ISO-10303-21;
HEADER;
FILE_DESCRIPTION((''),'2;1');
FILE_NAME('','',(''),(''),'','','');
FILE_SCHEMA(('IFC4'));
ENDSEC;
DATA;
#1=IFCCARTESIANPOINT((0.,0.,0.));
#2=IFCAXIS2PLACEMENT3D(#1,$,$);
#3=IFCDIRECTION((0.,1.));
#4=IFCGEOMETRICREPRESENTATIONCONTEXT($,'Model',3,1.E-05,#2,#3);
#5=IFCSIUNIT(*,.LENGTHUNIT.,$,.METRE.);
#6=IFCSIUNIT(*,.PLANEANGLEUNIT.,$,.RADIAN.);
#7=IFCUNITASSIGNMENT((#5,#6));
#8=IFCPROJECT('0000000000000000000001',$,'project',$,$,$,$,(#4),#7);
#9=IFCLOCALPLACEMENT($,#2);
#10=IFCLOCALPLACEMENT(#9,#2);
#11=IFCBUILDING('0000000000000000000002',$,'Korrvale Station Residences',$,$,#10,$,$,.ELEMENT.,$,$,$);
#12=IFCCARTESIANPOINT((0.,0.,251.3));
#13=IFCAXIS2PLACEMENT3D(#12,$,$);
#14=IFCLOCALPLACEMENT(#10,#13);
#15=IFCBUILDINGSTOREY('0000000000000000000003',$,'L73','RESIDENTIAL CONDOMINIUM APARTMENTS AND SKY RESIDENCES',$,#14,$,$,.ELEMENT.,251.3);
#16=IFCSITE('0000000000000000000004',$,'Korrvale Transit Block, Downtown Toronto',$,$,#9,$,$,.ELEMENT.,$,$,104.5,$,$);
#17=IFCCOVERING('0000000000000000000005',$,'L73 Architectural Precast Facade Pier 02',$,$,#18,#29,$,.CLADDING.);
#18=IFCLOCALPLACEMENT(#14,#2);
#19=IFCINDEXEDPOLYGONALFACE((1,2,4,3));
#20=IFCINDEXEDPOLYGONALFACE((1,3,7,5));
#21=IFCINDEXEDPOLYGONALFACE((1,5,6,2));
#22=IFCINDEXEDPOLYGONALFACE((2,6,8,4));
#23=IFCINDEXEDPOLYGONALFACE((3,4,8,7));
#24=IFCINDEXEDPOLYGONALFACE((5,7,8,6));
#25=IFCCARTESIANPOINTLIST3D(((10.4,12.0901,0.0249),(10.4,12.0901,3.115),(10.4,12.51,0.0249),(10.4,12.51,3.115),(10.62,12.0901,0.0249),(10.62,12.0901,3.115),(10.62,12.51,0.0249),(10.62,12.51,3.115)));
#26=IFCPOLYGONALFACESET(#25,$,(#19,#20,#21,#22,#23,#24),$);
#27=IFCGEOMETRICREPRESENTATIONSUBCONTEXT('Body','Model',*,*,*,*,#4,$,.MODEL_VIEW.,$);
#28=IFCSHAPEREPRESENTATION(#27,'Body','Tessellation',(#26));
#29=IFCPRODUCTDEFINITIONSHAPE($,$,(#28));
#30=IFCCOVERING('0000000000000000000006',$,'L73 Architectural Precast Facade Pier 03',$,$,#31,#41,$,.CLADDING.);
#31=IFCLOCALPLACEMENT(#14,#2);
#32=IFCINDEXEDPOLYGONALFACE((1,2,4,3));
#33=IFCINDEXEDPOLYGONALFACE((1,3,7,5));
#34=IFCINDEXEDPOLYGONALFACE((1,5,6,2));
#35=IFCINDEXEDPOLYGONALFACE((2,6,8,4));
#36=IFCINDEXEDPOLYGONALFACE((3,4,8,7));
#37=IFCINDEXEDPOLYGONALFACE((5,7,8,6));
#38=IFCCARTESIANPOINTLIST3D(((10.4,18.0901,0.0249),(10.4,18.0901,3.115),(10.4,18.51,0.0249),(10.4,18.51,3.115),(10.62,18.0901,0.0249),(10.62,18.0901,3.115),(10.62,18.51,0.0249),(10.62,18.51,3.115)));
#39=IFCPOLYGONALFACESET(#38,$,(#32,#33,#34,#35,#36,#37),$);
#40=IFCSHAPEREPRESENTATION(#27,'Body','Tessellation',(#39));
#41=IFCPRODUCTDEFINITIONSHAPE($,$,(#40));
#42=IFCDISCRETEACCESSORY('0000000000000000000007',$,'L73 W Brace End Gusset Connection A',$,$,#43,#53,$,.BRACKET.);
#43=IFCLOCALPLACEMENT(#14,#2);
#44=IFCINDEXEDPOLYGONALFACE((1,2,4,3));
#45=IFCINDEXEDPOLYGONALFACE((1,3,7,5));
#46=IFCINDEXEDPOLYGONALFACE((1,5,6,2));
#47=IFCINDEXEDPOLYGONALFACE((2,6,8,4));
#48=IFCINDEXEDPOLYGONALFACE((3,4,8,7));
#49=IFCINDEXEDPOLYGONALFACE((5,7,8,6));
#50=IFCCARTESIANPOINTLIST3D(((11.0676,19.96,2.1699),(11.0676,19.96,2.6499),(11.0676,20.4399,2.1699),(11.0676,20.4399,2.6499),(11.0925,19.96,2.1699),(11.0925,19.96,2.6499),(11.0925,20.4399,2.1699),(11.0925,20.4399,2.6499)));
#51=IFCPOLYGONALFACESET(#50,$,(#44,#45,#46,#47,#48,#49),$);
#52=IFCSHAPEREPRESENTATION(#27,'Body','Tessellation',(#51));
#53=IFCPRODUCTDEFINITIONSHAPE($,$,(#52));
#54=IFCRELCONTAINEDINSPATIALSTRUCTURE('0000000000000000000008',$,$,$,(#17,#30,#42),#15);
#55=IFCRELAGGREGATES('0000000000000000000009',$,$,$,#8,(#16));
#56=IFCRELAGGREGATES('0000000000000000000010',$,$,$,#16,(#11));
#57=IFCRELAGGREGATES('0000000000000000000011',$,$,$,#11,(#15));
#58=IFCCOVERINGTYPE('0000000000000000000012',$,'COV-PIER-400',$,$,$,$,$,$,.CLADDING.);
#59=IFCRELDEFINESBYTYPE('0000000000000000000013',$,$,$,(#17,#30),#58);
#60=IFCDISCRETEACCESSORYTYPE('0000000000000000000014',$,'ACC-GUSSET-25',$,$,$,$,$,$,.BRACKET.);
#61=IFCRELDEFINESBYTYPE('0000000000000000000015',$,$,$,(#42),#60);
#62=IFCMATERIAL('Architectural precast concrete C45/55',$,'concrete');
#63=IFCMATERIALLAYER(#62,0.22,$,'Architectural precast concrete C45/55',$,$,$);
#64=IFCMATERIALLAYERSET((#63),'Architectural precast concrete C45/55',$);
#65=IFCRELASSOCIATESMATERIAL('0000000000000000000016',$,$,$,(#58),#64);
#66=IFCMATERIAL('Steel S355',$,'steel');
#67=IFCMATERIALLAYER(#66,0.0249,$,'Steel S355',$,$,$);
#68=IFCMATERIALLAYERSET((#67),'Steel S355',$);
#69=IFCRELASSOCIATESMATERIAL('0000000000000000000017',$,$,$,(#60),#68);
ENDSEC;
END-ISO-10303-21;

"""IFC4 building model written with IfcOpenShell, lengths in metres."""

from ifc_helpers import new_model, si_unit, direction, frame, origin, origin_2d, place, context, subcontext, project, spatial, rectangle, extrude, material, layer, layer_set, type_object, element, save


model = new_model("IFC4")

# Units and contexts
model_context = context("Model", 3, precision=1e-05, world=origin(), true_north=direction((0.0, 1.0)))
body_context = subcontext(model_context, "Body", "Model", "MODEL_VIEW")
ifc_project = project(units=[si_unit("LENGTHUNIT", "METRE"), si_unit("PLANEANGLEUNIT", "RADIAN")], contexts=[model_context])

# Site, building, storey
site_placement = place(None, origin())
site = spatial("IfcSite", under=ifc_project, at=site_placement, Name="Korrvale Transit Block, Downtown Toronto", CompositionType="ELEMENT", RefElevation=104.5)
building_placement = place(site_placement, origin())
building = spatial("IfcBuilding", under=site, at=building_placement, Name="Korrvale Station Residences", CompositionType="ELEMENT")
storey_placement = place(building_placement, frame((0.0, 0.0, 251.3)))
storey = spatial("IfcBuildingStorey", under=building, at=storey_placement, Name="L73", Description="RESIDENTIAL CONDOMINIUM APARTMENTS AND SKY RESIDENCES", CompositionType="ELEMENT", Elevation=251.3)

# Shared definitions
ifc_material_1 = material(Name="Steel S355", Category="steel")

# Coverings
ifc_material_2 = material(Name="Architectural precast concrete C45/55", Category="concrete")
ifc_layer_1 = layer(ifc_material_2, 0.22, Name="Architectural precast concrete C45/55")
ifc_layer_set_1 = layer_set([ifc_layer_1], Name="Architectural precast concrete C45/55")
covering_type = type_object("IfcCoveringType", Name="COV-PIER-400", PredefinedType="CLADDING", material=ifc_layer_set_1)
for number, where, z_axis, x_axis, name in (
    (1, (10.51, 12.3, 0.0249), (0.0, 0.0, 1.0), (0.0, 1.0, 0.0), "L73 Architectural Precast Facade Pier 02"),
    (2, (10.51, 18.3, 0.0249), (0.0, 0.0, 1.0), (0.0, 1.0, 0.0), "L73 Architectural Precast Facade Pier 03"),
):
    element("IfcCovering", number, at=place(storey_placement, frame(where, z_axis=z_axis, x_axis=x_axis)), inside=storey, type_object=covering_type, Name=name, PredefinedType="CLADDING", context=body_context, shape_type="SweptSolid", body=[
        extrude(rectangle(XDim=0.4199, YDim=0.22, at=origin_2d()), origin(), (0.0, 0.0, 1.0), 3.0901),
    ])

# Discrete accessory
ifc_layer_2 = layer(ifc_material_1, 0.0249, Name="Steel S355")
ifc_layer_set_2 = layer_set([ifc_layer_2], Name="Steel S355")
discrete_accessory_type = type_object("IfcDiscreteAccessoryType", Name="ACC-GUSSET-25", PredefinedType="BRACKET", material=ifc_layer_set_2)
discrete_accessory_placement = place(storey_placement, frame((11.0801, 20.2, 2.1699), z_axis=(0.0, 0.0, 1.0), x_axis=(0.0, 1.0, 0.0)))
element("IfcDiscreteAccessory", 3, at=discrete_accessory_placement, inside=storey, type_object=discrete_accessory_type, Name="L73 W Brace End Gusset Connection A", PredefinedType="BRACKET", context=body_context, shape_type="SweptSolid", body=[
    extrude(rectangle(XDim=0.48, YDim=0.0249, at=origin_2d()), origin(), (0.0, 0.0, 1.0), 0.48),
])

save(model, "model.ifc")
